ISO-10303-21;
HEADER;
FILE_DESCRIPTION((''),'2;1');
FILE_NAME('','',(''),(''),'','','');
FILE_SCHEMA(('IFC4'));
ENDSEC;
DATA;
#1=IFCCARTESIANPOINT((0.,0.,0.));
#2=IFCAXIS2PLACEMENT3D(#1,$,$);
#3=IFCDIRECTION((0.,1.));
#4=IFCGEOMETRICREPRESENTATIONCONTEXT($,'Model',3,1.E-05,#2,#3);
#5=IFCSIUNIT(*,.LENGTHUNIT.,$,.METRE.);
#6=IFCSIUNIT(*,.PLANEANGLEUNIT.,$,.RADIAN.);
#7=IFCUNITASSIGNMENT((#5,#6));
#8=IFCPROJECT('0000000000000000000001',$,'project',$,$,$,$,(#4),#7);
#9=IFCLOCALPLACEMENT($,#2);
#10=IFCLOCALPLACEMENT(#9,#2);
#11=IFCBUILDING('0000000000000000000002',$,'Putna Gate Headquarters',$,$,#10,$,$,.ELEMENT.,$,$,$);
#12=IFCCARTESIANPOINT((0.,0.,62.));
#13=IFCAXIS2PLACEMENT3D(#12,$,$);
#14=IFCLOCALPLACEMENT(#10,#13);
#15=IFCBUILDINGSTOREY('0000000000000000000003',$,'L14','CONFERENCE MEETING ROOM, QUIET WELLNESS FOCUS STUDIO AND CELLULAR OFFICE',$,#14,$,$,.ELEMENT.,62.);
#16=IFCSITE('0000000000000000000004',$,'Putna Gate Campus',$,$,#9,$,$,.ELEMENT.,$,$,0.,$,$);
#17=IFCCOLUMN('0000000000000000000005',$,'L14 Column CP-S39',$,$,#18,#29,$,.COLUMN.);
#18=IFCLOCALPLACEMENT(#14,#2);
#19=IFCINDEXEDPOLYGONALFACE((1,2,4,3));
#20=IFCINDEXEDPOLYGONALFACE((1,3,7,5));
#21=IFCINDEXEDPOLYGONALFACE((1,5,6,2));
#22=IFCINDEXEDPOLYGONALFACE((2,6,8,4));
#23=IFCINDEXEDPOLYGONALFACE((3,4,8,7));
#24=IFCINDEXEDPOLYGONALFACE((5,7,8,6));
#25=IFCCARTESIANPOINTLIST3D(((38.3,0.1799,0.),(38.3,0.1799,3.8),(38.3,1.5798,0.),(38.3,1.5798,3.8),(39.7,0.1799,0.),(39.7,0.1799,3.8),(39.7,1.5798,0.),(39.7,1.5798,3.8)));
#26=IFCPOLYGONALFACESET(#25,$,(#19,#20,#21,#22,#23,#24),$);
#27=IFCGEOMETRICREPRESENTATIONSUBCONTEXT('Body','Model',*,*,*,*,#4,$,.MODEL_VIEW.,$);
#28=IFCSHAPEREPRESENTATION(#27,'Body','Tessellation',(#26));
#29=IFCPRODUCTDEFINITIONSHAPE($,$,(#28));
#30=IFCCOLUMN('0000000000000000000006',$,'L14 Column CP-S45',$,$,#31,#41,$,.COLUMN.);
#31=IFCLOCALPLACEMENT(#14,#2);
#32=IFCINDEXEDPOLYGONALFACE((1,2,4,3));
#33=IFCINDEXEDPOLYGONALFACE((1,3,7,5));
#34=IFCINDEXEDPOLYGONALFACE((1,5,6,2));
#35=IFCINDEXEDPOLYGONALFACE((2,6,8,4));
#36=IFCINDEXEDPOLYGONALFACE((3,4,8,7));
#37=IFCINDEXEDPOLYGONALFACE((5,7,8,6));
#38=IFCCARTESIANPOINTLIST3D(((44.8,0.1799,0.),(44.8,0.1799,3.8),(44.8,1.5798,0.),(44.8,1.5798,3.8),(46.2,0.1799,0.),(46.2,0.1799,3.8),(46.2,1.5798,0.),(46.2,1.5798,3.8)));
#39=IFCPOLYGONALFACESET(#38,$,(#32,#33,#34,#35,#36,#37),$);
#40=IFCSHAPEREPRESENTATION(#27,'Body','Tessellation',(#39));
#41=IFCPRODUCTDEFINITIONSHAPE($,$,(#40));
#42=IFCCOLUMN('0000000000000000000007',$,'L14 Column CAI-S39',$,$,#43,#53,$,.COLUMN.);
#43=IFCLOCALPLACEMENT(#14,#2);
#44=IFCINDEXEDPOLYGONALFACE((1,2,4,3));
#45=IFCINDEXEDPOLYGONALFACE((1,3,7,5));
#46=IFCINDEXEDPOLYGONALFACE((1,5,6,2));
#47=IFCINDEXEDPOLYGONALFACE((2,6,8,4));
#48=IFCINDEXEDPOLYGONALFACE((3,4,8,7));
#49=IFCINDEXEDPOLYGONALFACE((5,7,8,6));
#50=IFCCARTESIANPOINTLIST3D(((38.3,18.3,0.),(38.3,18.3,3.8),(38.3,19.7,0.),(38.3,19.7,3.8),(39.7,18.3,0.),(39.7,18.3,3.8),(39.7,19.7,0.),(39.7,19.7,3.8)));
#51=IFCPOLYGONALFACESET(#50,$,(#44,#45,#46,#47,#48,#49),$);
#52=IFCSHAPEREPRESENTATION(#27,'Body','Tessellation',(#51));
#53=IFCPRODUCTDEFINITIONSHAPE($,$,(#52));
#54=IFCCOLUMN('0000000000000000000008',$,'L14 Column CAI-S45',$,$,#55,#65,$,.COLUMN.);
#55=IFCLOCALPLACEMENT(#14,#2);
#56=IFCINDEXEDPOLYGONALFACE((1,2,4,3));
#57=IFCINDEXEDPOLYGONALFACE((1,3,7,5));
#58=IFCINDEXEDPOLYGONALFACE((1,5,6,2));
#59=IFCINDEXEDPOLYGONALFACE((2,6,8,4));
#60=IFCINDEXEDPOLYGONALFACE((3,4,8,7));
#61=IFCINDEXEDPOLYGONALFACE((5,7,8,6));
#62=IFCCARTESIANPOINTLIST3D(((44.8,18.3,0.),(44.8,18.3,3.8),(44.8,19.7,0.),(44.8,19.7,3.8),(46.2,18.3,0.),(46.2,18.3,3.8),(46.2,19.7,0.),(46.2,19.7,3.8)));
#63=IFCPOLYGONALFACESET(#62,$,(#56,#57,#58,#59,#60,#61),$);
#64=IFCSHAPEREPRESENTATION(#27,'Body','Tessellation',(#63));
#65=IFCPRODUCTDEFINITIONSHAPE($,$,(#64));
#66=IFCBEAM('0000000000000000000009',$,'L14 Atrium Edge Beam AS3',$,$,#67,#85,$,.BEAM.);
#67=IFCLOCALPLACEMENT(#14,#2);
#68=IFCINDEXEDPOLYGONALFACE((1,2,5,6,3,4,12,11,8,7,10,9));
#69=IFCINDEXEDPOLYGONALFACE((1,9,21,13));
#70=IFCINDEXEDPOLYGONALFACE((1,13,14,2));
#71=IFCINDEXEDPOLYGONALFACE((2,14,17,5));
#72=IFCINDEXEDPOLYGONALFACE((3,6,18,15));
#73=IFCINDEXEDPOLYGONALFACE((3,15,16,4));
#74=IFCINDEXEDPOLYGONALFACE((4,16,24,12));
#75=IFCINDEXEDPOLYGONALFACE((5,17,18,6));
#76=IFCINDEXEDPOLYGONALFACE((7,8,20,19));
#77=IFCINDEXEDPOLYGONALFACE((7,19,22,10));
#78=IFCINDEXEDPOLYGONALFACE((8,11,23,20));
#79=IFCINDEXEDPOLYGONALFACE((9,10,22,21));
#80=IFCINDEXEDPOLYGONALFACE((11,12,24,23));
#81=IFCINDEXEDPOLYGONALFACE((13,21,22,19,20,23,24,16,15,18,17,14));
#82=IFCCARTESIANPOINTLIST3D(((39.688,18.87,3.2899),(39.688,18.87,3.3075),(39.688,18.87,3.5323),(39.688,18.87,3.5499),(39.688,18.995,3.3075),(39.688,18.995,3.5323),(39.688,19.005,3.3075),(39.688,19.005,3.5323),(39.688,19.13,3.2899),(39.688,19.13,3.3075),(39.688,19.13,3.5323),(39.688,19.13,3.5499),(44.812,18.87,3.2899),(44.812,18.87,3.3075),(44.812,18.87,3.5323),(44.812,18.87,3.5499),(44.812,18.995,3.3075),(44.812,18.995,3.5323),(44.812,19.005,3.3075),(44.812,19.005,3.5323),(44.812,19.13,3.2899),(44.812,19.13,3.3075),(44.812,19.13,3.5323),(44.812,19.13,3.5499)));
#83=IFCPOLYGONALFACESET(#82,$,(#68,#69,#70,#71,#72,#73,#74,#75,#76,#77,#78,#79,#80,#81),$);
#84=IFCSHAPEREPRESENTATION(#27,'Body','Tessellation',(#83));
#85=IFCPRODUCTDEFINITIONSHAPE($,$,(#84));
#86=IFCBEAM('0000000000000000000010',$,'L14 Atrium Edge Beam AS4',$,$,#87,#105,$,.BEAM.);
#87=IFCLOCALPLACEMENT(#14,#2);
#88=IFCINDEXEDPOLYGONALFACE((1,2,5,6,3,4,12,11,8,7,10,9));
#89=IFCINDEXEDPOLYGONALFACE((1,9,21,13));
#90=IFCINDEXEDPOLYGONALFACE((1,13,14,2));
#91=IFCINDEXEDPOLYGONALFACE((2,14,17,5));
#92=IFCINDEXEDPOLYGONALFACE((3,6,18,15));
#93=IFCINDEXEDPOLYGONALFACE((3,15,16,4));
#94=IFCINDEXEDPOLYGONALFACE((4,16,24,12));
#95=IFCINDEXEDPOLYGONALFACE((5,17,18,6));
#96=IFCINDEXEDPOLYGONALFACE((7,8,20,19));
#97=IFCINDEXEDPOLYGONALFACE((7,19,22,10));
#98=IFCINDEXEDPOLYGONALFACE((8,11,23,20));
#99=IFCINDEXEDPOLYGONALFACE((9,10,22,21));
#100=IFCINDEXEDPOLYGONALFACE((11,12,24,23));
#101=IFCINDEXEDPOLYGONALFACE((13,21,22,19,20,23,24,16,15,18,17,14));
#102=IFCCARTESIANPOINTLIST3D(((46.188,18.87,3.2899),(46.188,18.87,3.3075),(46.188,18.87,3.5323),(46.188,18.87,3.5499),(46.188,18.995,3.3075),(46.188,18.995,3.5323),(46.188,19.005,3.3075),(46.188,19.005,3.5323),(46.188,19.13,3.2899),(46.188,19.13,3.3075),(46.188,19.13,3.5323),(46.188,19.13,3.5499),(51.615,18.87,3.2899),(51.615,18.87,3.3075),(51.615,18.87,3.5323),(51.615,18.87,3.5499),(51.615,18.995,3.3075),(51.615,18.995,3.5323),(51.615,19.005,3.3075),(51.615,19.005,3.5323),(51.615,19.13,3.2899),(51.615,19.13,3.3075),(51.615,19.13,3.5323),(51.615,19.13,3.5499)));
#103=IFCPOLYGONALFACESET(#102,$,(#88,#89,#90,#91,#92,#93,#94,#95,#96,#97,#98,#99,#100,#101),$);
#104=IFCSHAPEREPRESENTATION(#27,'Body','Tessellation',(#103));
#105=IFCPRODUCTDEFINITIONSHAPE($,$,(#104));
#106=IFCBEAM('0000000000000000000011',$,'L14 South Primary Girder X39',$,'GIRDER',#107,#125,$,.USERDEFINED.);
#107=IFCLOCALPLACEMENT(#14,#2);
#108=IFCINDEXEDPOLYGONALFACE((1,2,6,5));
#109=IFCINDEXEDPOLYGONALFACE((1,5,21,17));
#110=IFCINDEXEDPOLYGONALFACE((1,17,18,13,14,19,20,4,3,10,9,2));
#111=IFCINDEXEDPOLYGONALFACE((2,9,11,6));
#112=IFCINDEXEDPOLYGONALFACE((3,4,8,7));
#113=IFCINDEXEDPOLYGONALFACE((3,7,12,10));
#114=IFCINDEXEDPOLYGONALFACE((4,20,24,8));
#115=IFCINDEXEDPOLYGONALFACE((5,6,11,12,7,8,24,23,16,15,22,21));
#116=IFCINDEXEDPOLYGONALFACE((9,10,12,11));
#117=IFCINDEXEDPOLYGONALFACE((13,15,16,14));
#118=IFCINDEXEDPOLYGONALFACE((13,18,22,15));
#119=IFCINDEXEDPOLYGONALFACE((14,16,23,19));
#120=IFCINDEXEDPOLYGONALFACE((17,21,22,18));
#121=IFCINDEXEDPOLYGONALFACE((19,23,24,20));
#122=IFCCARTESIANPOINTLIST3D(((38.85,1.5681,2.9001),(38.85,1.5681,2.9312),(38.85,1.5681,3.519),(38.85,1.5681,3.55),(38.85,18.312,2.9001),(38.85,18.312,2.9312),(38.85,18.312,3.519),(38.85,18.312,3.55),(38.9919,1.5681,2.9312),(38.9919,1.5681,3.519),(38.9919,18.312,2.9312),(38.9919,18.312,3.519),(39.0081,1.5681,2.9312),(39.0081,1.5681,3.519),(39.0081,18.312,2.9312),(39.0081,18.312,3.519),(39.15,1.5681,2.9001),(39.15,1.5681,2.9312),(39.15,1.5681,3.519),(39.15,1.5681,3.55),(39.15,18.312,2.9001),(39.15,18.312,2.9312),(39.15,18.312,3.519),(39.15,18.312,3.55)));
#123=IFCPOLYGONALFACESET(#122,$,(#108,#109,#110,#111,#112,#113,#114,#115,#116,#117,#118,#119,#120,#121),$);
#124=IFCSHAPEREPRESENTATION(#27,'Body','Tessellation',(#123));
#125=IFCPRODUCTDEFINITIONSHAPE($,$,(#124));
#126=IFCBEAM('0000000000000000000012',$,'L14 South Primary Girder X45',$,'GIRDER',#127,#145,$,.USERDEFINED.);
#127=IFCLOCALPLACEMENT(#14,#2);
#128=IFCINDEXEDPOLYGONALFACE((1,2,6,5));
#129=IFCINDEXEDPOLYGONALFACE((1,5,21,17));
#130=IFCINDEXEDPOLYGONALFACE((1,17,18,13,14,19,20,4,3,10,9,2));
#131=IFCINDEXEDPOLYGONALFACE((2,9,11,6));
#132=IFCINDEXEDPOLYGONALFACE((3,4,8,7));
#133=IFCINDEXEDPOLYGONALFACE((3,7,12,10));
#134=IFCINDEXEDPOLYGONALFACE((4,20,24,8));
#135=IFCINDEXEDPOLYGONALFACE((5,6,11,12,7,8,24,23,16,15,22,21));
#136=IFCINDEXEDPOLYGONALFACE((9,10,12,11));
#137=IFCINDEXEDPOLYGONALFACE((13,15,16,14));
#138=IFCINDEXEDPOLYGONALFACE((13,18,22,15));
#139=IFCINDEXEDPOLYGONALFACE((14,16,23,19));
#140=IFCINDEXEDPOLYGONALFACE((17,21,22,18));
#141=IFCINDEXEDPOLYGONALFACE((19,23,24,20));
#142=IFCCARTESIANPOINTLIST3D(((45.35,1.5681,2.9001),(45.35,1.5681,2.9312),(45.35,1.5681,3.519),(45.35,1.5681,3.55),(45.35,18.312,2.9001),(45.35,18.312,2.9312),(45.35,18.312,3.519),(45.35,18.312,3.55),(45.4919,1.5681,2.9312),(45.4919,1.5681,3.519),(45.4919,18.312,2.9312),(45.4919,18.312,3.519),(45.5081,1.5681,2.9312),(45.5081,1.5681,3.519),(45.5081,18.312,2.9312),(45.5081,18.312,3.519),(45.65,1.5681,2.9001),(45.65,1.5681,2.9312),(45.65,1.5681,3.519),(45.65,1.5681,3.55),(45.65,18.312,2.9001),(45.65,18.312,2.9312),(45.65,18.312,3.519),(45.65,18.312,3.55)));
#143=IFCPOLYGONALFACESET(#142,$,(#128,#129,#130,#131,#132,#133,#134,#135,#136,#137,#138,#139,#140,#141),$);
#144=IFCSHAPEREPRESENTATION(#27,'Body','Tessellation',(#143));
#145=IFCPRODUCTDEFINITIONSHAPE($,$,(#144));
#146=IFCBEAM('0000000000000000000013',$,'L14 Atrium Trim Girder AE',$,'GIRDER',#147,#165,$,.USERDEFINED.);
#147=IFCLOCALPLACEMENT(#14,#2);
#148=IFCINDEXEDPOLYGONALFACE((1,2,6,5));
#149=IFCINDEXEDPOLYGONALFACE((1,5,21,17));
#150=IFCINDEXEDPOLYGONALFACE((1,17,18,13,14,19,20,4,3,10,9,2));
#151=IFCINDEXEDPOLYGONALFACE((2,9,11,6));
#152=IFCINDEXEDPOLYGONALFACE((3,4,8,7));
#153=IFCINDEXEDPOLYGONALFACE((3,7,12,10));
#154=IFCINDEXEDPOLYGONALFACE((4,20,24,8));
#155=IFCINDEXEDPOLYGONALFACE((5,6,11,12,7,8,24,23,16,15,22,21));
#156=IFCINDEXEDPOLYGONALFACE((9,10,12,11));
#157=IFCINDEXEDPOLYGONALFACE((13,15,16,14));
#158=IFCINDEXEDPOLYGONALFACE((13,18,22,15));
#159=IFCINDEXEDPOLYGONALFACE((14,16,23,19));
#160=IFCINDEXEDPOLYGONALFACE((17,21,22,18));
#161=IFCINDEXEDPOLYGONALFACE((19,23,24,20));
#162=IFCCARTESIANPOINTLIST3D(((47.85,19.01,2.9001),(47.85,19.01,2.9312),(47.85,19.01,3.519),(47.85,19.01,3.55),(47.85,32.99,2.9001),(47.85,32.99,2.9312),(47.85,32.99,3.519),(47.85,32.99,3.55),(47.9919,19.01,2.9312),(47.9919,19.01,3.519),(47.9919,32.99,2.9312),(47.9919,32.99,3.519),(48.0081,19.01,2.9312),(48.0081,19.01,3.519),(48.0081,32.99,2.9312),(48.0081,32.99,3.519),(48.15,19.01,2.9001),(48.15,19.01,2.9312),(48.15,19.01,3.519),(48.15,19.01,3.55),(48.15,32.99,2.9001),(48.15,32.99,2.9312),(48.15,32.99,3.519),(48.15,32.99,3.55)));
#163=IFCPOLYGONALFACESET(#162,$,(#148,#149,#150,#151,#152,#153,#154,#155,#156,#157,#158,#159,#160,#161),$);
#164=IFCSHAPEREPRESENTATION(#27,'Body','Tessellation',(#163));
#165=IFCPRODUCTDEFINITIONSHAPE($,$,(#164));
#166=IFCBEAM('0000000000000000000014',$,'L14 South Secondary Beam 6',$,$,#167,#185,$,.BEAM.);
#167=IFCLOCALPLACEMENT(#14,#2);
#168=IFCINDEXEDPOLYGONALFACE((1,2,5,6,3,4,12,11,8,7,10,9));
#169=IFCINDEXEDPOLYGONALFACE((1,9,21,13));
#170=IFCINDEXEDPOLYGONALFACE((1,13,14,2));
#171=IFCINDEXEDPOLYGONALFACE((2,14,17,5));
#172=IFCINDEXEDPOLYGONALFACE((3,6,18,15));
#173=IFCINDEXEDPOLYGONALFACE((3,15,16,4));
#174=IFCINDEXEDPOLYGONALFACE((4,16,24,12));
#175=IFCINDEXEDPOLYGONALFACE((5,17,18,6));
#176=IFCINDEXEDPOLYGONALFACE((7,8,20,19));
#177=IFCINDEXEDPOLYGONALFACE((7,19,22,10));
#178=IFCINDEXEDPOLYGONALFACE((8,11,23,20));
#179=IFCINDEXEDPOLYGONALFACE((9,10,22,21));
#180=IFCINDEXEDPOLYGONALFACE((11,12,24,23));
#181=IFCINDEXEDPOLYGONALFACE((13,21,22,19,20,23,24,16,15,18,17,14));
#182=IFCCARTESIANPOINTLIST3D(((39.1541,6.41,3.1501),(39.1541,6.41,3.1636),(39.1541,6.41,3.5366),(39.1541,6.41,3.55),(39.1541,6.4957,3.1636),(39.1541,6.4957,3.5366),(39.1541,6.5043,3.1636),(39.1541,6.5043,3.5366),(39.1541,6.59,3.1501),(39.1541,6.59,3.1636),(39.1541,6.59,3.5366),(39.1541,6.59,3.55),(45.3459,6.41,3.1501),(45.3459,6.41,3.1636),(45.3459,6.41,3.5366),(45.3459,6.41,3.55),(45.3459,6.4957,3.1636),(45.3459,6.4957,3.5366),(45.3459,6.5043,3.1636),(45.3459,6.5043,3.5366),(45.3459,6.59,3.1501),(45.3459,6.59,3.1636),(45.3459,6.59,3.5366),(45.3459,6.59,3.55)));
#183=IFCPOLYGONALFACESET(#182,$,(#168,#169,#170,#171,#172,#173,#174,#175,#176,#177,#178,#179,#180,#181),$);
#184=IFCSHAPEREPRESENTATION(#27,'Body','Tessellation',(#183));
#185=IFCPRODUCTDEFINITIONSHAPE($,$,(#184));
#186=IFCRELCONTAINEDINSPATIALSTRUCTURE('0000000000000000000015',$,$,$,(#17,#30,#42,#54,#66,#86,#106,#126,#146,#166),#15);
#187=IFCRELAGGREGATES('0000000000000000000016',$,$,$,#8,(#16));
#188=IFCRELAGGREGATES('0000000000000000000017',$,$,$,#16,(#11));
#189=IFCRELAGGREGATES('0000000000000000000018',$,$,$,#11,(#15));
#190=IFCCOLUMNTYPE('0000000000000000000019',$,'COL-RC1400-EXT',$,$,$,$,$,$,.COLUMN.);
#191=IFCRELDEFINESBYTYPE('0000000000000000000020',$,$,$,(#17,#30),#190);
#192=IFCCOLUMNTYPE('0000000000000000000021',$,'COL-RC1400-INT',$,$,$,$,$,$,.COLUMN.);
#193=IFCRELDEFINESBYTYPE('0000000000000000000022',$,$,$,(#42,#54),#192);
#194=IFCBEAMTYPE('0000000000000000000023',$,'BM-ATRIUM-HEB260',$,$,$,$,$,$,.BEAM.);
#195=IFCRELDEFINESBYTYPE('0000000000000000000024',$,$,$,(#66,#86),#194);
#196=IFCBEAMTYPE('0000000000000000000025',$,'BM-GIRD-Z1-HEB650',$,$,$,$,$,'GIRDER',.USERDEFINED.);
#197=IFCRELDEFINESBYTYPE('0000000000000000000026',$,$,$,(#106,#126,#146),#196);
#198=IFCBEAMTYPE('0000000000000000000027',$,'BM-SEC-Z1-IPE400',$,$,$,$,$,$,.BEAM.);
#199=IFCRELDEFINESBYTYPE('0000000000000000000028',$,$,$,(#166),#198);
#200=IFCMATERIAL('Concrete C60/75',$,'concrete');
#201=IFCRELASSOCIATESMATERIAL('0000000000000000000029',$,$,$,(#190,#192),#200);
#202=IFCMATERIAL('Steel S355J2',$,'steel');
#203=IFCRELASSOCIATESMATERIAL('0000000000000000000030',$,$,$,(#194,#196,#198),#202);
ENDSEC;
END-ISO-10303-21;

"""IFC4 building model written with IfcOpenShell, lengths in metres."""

from ifc_helpers import new_model, si_unit, direction, frame, origin, origin_2d, place, context, subcontext, project, spatial, rectangle, i_section, extrude, material, material_profile, profile_set, type_object, element, save


model = new_model("IFC4")

# Units and contexts
model_context = context("Model", 3, precision=1e-05, world=origin(), true_north=direction((0.0, 1.0)))
body_context = subcontext(model_context, "Body", "Model", "MODEL_VIEW")
ifc_project = project(units=[si_unit("LENGTHUNIT", "METRE"), si_unit("PLANEANGLEUNIT", "RADIAN")], contexts=[model_context])

# Site, building, storey
site_placement = place(None, origin())
site = spatial("IfcSite", under=ifc_project, at=site_placement, Name="Putna Gate Campus", CompositionType="ELEMENT", RefElevation=0.0)
building_placement = place(site_placement, origin())
building = spatial("IfcBuilding", under=site, at=building_placement, Name="Putna Gate Headquarters", CompositionType="ELEMENT")
storey_placement = place(building_placement, frame((0.0, 0.0, 62.0)))
storey = spatial("IfcBuildingStorey", under=building, at=storey_placement, Name="L14", Description="CONFERENCE MEETING ROOM, QUIET WELLNESS FOCUS STUDIO AND CELLULAR OFFICE", CompositionType="ELEMENT", Elevation=62.0)

# Columns
ifc_material_1 = material(Name="Concrete C60/75", Category="concrete")
ifc_material_profile_1 = material_profile(ifc_material_1, rectangle(XDim=1.3999, YDim=1.3999, at=origin_2d()), Name="Concrete C60/75")
ifc_profile_set_1 = profile_set([ifc_material_profile_1], Name="Concrete C60/75")
column_type_1 = type_object("IfcColumnType", Name="COL-RC1400-EXT", PredefinedType="COLUMN", material=ifc_profile_set_1)
for number, where, z_axis, x_axis, name in (
    (1, (39.0, 0.8799, 0.0), (0.0, 0.0, 1.0), (1.0, 0.0, 0.0), "L14 Column CP-S39"),
    (2, (45.5, 0.8799, 0.0), (0.0, 0.0, 1.0), (1.0, 0.0, 0.0), "L14 Column CP-S45"),
):
    element("IfcColumn", number, at=place(storey_placement, frame(where, z_axis=z_axis, x_axis=x_axis)), inside=storey, type_object=column_type_1, Name=name, PredefinedType="COLUMN", context=body_context, shape_type="SweptSolid", body=[
        extrude(rectangle(XDim=1.3999, YDim=1.3999, at=origin_2d()), origin(), (0.0, 0.0, 1.0), 3.8),
    ])
ifc_material_profile_2 = material_profile(ifc_material_1, rectangle(XDim=1.3999, YDim=1.3999, at=origin_2d()), Name="Concrete C60/75")
ifc_profile_set_2 = profile_set([ifc_material_profile_2], Name="Concrete C60/75")
column_type_2 = type_object("IfcColumnType", Name="COL-RC1400-INT", PredefinedType="COLUMN", material=ifc_profile_set_2)
for number, where, z_axis, x_axis, name in (
    (3, (39.0, 19.0, 0.0), (0.0, 0.0, 1.0), (1.0, 0.0, 0.0), "L14 Column CAI-S39"),
    (4, (45.5, 19.0, 0.0), (0.0, 0.0, 1.0), (1.0, 0.0, 0.0), "L14 Column CAI-S45"),
):
    element("IfcColumn", number, at=place(storey_placement, frame(where, z_axis=z_axis, x_axis=x_axis)), inside=storey, type_object=column_type_2, Name=name, PredefinedType="COLUMN", context=body_context, shape_type="SweptSolid", body=[
        extrude(rectangle(XDim=1.3999, YDim=1.3999, at=origin_2d()), origin(), (0.0, 0.0, 1.0), 3.8),
    ])

# Beams
ifc_material_2 = material(Name="Steel S355J2", Category="steel")
ifc_material_profile_3 = material_profile(ifc_material_2, i_section(OverallWidth=0.26, OverallDepth=0.26, WebThickness=0.01, FlangeThickness=0.0176, at=origin_2d()), Name="Steel S355J2")
ifc_profile_set_3 = profile_set([ifc_material_profile_3], Name="Steel S355J2")
beam_type_1 = type_object("IfcBeamType", Name="BM-ATRIUM-HEB260", PredefinedType="BEAM", material=ifc_profile_set_3)
beam_1_placement = place(storey_placement, frame((39.688, 19.0, 3.4199), z_axis=(1.0, 0.0, 0.0), x_axis=(0.0, 1.0, 0.0)))
element("IfcBeam", 5, at=beam_1_placement, inside=storey, type_object=beam_type_1, Name="L14 Atrium Edge Beam AS3", PredefinedType="BEAM", context=body_context, shape_type="SweptSolid", body=[
    extrude(i_section(OverallWidth=0.26, OverallDepth=0.26, WebThickness=0.01, FlangeThickness=0.0176, at=origin_2d()), origin(), (0.0, 0.0, 1.0), 5.124),
])
beam_2_placement = place(storey_placement, frame((46.188, 19.0, 3.4199), z_axis=(1.0, 0.0, 0.0), x_axis=(0.0, 1.0, 0.0)))
element("IfcBeam", 6, at=beam_2_placement, inside=storey, type_object=beam_type_1, Name="L14 Atrium Edge Beam AS4", PredefinedType="BEAM", context=body_context, shape_type="SweptSolid", body=[
    extrude(i_section(OverallWidth=0.26, OverallDepth=0.26, WebThickness=0.01, FlangeThickness=0.0176, at=origin_2d()), origin(), (0.0, 0.0, 1.0), 5.427),
])
ifc_material_profile_4 = material_profile(ifc_material_2, i_section(OverallWidth=0.3, OverallDepth=0.6499, WebThickness=0.0161, FlangeThickness=0.031, at=origin_2d()), Name="Steel S355J2")
ifc_profile_set_4 = profile_set([ifc_material_profile_4], Name="Steel S355J2")
beam_type_2 = type_object("IfcBeamType", Name="BM-GIRD-Z1-HEB650", ElementType="GIRDER", PredefinedType="USERDEFINED", material=ifc_profile_set_4)
for number, where, z_axis, x_axis, name in (
    (7, (39.0, 1.5681, 3.2251), (0.0, 1.0, 0.0), (-1.0, 0.0, 0.0), "L14 South Primary Girder X39"),
    (8, (45.5, 1.5681, 3.2251), (0.0, 1.0, 0.0), (-1.0, 0.0, 0.0), "L14 South Primary Girder X45"),
):
    element("IfcBeam", number, at=place(storey_placement, frame(where, z_axis=z_axis, x_axis=x_axis)), inside=storey, type_object=beam_type_2, Name=name, ObjectType="GIRDER", PredefinedType="USERDEFINED", context=body_context, shape_type="SweptSolid", body=[
        extrude(i_section(OverallWidth=0.3, OverallDepth=0.6499, WebThickness=0.0161, FlangeThickness=0.031, at=origin_2d()), origin(), (0.0, 0.0, 1.0), 16.7439),
    ])
beam_3_placement = place(storey_placement, frame((48.0, 19.01, 3.2251), z_axis=(0.0, 1.0, 0.0), x_axis=(-1.0, 0.0, 0.0)))
element("IfcBeam", 9, at=beam_3_placement, inside=storey, type_object=beam_type_2, Name="L14 Atrium Trim Girder AE", ObjectType="GIRDER", PredefinedType="USERDEFINED", context=body_context, shape_type="SweptSolid", body=[
    extrude(i_section(OverallWidth=0.3, OverallDepth=0.6499, WebThickness=0.0161, FlangeThickness=0.031, at=origin_2d()), origin(), (0.0, 0.0, 1.0), 13.98),
])
ifc_material_profile_5 = material_profile(ifc_material_2, i_section(OverallWidth=0.1799, OverallDepth=0.3999, WebThickness=0.0085, FlangeThickness=0.0134, at=origin_2d()), Name="Steel S355J2")
ifc_profile_set_5 = profile_set([ifc_material_profile_5], Name="Steel S355J2")
beam_type_3 = type_object("IfcBeamType", Name="BM-SEC-Z1-IPE400", PredefinedType="BEAM", material=ifc_profile_set_5)
for number, where, z_axis, x_axis, name in (
    (10, (39.1541, 6.5, 3.3501), (1.0, 0.0, 0.0), (0.0, 1.0, 0.0), "L14 South Secondary Beam 6"),
):
    element("IfcBeam", number, at=place(storey_placement, frame(where, z_axis=z_axis, x_axis=x_axis)), inside=storey, type_object=beam_type_3, Name=name, PredefinedType="BEAM", context=body_context, shape_type="SweptSolid", body=[
        extrude(i_section(OverallWidth=0.1799, OverallDepth=0.3999, WebThickness=0.0085, FlangeThickness=0.0134, at=origin_2d()), origin(), (0.0, 0.0, 1.0), 6.1919),
    ])

save(model, "model.ifc")
